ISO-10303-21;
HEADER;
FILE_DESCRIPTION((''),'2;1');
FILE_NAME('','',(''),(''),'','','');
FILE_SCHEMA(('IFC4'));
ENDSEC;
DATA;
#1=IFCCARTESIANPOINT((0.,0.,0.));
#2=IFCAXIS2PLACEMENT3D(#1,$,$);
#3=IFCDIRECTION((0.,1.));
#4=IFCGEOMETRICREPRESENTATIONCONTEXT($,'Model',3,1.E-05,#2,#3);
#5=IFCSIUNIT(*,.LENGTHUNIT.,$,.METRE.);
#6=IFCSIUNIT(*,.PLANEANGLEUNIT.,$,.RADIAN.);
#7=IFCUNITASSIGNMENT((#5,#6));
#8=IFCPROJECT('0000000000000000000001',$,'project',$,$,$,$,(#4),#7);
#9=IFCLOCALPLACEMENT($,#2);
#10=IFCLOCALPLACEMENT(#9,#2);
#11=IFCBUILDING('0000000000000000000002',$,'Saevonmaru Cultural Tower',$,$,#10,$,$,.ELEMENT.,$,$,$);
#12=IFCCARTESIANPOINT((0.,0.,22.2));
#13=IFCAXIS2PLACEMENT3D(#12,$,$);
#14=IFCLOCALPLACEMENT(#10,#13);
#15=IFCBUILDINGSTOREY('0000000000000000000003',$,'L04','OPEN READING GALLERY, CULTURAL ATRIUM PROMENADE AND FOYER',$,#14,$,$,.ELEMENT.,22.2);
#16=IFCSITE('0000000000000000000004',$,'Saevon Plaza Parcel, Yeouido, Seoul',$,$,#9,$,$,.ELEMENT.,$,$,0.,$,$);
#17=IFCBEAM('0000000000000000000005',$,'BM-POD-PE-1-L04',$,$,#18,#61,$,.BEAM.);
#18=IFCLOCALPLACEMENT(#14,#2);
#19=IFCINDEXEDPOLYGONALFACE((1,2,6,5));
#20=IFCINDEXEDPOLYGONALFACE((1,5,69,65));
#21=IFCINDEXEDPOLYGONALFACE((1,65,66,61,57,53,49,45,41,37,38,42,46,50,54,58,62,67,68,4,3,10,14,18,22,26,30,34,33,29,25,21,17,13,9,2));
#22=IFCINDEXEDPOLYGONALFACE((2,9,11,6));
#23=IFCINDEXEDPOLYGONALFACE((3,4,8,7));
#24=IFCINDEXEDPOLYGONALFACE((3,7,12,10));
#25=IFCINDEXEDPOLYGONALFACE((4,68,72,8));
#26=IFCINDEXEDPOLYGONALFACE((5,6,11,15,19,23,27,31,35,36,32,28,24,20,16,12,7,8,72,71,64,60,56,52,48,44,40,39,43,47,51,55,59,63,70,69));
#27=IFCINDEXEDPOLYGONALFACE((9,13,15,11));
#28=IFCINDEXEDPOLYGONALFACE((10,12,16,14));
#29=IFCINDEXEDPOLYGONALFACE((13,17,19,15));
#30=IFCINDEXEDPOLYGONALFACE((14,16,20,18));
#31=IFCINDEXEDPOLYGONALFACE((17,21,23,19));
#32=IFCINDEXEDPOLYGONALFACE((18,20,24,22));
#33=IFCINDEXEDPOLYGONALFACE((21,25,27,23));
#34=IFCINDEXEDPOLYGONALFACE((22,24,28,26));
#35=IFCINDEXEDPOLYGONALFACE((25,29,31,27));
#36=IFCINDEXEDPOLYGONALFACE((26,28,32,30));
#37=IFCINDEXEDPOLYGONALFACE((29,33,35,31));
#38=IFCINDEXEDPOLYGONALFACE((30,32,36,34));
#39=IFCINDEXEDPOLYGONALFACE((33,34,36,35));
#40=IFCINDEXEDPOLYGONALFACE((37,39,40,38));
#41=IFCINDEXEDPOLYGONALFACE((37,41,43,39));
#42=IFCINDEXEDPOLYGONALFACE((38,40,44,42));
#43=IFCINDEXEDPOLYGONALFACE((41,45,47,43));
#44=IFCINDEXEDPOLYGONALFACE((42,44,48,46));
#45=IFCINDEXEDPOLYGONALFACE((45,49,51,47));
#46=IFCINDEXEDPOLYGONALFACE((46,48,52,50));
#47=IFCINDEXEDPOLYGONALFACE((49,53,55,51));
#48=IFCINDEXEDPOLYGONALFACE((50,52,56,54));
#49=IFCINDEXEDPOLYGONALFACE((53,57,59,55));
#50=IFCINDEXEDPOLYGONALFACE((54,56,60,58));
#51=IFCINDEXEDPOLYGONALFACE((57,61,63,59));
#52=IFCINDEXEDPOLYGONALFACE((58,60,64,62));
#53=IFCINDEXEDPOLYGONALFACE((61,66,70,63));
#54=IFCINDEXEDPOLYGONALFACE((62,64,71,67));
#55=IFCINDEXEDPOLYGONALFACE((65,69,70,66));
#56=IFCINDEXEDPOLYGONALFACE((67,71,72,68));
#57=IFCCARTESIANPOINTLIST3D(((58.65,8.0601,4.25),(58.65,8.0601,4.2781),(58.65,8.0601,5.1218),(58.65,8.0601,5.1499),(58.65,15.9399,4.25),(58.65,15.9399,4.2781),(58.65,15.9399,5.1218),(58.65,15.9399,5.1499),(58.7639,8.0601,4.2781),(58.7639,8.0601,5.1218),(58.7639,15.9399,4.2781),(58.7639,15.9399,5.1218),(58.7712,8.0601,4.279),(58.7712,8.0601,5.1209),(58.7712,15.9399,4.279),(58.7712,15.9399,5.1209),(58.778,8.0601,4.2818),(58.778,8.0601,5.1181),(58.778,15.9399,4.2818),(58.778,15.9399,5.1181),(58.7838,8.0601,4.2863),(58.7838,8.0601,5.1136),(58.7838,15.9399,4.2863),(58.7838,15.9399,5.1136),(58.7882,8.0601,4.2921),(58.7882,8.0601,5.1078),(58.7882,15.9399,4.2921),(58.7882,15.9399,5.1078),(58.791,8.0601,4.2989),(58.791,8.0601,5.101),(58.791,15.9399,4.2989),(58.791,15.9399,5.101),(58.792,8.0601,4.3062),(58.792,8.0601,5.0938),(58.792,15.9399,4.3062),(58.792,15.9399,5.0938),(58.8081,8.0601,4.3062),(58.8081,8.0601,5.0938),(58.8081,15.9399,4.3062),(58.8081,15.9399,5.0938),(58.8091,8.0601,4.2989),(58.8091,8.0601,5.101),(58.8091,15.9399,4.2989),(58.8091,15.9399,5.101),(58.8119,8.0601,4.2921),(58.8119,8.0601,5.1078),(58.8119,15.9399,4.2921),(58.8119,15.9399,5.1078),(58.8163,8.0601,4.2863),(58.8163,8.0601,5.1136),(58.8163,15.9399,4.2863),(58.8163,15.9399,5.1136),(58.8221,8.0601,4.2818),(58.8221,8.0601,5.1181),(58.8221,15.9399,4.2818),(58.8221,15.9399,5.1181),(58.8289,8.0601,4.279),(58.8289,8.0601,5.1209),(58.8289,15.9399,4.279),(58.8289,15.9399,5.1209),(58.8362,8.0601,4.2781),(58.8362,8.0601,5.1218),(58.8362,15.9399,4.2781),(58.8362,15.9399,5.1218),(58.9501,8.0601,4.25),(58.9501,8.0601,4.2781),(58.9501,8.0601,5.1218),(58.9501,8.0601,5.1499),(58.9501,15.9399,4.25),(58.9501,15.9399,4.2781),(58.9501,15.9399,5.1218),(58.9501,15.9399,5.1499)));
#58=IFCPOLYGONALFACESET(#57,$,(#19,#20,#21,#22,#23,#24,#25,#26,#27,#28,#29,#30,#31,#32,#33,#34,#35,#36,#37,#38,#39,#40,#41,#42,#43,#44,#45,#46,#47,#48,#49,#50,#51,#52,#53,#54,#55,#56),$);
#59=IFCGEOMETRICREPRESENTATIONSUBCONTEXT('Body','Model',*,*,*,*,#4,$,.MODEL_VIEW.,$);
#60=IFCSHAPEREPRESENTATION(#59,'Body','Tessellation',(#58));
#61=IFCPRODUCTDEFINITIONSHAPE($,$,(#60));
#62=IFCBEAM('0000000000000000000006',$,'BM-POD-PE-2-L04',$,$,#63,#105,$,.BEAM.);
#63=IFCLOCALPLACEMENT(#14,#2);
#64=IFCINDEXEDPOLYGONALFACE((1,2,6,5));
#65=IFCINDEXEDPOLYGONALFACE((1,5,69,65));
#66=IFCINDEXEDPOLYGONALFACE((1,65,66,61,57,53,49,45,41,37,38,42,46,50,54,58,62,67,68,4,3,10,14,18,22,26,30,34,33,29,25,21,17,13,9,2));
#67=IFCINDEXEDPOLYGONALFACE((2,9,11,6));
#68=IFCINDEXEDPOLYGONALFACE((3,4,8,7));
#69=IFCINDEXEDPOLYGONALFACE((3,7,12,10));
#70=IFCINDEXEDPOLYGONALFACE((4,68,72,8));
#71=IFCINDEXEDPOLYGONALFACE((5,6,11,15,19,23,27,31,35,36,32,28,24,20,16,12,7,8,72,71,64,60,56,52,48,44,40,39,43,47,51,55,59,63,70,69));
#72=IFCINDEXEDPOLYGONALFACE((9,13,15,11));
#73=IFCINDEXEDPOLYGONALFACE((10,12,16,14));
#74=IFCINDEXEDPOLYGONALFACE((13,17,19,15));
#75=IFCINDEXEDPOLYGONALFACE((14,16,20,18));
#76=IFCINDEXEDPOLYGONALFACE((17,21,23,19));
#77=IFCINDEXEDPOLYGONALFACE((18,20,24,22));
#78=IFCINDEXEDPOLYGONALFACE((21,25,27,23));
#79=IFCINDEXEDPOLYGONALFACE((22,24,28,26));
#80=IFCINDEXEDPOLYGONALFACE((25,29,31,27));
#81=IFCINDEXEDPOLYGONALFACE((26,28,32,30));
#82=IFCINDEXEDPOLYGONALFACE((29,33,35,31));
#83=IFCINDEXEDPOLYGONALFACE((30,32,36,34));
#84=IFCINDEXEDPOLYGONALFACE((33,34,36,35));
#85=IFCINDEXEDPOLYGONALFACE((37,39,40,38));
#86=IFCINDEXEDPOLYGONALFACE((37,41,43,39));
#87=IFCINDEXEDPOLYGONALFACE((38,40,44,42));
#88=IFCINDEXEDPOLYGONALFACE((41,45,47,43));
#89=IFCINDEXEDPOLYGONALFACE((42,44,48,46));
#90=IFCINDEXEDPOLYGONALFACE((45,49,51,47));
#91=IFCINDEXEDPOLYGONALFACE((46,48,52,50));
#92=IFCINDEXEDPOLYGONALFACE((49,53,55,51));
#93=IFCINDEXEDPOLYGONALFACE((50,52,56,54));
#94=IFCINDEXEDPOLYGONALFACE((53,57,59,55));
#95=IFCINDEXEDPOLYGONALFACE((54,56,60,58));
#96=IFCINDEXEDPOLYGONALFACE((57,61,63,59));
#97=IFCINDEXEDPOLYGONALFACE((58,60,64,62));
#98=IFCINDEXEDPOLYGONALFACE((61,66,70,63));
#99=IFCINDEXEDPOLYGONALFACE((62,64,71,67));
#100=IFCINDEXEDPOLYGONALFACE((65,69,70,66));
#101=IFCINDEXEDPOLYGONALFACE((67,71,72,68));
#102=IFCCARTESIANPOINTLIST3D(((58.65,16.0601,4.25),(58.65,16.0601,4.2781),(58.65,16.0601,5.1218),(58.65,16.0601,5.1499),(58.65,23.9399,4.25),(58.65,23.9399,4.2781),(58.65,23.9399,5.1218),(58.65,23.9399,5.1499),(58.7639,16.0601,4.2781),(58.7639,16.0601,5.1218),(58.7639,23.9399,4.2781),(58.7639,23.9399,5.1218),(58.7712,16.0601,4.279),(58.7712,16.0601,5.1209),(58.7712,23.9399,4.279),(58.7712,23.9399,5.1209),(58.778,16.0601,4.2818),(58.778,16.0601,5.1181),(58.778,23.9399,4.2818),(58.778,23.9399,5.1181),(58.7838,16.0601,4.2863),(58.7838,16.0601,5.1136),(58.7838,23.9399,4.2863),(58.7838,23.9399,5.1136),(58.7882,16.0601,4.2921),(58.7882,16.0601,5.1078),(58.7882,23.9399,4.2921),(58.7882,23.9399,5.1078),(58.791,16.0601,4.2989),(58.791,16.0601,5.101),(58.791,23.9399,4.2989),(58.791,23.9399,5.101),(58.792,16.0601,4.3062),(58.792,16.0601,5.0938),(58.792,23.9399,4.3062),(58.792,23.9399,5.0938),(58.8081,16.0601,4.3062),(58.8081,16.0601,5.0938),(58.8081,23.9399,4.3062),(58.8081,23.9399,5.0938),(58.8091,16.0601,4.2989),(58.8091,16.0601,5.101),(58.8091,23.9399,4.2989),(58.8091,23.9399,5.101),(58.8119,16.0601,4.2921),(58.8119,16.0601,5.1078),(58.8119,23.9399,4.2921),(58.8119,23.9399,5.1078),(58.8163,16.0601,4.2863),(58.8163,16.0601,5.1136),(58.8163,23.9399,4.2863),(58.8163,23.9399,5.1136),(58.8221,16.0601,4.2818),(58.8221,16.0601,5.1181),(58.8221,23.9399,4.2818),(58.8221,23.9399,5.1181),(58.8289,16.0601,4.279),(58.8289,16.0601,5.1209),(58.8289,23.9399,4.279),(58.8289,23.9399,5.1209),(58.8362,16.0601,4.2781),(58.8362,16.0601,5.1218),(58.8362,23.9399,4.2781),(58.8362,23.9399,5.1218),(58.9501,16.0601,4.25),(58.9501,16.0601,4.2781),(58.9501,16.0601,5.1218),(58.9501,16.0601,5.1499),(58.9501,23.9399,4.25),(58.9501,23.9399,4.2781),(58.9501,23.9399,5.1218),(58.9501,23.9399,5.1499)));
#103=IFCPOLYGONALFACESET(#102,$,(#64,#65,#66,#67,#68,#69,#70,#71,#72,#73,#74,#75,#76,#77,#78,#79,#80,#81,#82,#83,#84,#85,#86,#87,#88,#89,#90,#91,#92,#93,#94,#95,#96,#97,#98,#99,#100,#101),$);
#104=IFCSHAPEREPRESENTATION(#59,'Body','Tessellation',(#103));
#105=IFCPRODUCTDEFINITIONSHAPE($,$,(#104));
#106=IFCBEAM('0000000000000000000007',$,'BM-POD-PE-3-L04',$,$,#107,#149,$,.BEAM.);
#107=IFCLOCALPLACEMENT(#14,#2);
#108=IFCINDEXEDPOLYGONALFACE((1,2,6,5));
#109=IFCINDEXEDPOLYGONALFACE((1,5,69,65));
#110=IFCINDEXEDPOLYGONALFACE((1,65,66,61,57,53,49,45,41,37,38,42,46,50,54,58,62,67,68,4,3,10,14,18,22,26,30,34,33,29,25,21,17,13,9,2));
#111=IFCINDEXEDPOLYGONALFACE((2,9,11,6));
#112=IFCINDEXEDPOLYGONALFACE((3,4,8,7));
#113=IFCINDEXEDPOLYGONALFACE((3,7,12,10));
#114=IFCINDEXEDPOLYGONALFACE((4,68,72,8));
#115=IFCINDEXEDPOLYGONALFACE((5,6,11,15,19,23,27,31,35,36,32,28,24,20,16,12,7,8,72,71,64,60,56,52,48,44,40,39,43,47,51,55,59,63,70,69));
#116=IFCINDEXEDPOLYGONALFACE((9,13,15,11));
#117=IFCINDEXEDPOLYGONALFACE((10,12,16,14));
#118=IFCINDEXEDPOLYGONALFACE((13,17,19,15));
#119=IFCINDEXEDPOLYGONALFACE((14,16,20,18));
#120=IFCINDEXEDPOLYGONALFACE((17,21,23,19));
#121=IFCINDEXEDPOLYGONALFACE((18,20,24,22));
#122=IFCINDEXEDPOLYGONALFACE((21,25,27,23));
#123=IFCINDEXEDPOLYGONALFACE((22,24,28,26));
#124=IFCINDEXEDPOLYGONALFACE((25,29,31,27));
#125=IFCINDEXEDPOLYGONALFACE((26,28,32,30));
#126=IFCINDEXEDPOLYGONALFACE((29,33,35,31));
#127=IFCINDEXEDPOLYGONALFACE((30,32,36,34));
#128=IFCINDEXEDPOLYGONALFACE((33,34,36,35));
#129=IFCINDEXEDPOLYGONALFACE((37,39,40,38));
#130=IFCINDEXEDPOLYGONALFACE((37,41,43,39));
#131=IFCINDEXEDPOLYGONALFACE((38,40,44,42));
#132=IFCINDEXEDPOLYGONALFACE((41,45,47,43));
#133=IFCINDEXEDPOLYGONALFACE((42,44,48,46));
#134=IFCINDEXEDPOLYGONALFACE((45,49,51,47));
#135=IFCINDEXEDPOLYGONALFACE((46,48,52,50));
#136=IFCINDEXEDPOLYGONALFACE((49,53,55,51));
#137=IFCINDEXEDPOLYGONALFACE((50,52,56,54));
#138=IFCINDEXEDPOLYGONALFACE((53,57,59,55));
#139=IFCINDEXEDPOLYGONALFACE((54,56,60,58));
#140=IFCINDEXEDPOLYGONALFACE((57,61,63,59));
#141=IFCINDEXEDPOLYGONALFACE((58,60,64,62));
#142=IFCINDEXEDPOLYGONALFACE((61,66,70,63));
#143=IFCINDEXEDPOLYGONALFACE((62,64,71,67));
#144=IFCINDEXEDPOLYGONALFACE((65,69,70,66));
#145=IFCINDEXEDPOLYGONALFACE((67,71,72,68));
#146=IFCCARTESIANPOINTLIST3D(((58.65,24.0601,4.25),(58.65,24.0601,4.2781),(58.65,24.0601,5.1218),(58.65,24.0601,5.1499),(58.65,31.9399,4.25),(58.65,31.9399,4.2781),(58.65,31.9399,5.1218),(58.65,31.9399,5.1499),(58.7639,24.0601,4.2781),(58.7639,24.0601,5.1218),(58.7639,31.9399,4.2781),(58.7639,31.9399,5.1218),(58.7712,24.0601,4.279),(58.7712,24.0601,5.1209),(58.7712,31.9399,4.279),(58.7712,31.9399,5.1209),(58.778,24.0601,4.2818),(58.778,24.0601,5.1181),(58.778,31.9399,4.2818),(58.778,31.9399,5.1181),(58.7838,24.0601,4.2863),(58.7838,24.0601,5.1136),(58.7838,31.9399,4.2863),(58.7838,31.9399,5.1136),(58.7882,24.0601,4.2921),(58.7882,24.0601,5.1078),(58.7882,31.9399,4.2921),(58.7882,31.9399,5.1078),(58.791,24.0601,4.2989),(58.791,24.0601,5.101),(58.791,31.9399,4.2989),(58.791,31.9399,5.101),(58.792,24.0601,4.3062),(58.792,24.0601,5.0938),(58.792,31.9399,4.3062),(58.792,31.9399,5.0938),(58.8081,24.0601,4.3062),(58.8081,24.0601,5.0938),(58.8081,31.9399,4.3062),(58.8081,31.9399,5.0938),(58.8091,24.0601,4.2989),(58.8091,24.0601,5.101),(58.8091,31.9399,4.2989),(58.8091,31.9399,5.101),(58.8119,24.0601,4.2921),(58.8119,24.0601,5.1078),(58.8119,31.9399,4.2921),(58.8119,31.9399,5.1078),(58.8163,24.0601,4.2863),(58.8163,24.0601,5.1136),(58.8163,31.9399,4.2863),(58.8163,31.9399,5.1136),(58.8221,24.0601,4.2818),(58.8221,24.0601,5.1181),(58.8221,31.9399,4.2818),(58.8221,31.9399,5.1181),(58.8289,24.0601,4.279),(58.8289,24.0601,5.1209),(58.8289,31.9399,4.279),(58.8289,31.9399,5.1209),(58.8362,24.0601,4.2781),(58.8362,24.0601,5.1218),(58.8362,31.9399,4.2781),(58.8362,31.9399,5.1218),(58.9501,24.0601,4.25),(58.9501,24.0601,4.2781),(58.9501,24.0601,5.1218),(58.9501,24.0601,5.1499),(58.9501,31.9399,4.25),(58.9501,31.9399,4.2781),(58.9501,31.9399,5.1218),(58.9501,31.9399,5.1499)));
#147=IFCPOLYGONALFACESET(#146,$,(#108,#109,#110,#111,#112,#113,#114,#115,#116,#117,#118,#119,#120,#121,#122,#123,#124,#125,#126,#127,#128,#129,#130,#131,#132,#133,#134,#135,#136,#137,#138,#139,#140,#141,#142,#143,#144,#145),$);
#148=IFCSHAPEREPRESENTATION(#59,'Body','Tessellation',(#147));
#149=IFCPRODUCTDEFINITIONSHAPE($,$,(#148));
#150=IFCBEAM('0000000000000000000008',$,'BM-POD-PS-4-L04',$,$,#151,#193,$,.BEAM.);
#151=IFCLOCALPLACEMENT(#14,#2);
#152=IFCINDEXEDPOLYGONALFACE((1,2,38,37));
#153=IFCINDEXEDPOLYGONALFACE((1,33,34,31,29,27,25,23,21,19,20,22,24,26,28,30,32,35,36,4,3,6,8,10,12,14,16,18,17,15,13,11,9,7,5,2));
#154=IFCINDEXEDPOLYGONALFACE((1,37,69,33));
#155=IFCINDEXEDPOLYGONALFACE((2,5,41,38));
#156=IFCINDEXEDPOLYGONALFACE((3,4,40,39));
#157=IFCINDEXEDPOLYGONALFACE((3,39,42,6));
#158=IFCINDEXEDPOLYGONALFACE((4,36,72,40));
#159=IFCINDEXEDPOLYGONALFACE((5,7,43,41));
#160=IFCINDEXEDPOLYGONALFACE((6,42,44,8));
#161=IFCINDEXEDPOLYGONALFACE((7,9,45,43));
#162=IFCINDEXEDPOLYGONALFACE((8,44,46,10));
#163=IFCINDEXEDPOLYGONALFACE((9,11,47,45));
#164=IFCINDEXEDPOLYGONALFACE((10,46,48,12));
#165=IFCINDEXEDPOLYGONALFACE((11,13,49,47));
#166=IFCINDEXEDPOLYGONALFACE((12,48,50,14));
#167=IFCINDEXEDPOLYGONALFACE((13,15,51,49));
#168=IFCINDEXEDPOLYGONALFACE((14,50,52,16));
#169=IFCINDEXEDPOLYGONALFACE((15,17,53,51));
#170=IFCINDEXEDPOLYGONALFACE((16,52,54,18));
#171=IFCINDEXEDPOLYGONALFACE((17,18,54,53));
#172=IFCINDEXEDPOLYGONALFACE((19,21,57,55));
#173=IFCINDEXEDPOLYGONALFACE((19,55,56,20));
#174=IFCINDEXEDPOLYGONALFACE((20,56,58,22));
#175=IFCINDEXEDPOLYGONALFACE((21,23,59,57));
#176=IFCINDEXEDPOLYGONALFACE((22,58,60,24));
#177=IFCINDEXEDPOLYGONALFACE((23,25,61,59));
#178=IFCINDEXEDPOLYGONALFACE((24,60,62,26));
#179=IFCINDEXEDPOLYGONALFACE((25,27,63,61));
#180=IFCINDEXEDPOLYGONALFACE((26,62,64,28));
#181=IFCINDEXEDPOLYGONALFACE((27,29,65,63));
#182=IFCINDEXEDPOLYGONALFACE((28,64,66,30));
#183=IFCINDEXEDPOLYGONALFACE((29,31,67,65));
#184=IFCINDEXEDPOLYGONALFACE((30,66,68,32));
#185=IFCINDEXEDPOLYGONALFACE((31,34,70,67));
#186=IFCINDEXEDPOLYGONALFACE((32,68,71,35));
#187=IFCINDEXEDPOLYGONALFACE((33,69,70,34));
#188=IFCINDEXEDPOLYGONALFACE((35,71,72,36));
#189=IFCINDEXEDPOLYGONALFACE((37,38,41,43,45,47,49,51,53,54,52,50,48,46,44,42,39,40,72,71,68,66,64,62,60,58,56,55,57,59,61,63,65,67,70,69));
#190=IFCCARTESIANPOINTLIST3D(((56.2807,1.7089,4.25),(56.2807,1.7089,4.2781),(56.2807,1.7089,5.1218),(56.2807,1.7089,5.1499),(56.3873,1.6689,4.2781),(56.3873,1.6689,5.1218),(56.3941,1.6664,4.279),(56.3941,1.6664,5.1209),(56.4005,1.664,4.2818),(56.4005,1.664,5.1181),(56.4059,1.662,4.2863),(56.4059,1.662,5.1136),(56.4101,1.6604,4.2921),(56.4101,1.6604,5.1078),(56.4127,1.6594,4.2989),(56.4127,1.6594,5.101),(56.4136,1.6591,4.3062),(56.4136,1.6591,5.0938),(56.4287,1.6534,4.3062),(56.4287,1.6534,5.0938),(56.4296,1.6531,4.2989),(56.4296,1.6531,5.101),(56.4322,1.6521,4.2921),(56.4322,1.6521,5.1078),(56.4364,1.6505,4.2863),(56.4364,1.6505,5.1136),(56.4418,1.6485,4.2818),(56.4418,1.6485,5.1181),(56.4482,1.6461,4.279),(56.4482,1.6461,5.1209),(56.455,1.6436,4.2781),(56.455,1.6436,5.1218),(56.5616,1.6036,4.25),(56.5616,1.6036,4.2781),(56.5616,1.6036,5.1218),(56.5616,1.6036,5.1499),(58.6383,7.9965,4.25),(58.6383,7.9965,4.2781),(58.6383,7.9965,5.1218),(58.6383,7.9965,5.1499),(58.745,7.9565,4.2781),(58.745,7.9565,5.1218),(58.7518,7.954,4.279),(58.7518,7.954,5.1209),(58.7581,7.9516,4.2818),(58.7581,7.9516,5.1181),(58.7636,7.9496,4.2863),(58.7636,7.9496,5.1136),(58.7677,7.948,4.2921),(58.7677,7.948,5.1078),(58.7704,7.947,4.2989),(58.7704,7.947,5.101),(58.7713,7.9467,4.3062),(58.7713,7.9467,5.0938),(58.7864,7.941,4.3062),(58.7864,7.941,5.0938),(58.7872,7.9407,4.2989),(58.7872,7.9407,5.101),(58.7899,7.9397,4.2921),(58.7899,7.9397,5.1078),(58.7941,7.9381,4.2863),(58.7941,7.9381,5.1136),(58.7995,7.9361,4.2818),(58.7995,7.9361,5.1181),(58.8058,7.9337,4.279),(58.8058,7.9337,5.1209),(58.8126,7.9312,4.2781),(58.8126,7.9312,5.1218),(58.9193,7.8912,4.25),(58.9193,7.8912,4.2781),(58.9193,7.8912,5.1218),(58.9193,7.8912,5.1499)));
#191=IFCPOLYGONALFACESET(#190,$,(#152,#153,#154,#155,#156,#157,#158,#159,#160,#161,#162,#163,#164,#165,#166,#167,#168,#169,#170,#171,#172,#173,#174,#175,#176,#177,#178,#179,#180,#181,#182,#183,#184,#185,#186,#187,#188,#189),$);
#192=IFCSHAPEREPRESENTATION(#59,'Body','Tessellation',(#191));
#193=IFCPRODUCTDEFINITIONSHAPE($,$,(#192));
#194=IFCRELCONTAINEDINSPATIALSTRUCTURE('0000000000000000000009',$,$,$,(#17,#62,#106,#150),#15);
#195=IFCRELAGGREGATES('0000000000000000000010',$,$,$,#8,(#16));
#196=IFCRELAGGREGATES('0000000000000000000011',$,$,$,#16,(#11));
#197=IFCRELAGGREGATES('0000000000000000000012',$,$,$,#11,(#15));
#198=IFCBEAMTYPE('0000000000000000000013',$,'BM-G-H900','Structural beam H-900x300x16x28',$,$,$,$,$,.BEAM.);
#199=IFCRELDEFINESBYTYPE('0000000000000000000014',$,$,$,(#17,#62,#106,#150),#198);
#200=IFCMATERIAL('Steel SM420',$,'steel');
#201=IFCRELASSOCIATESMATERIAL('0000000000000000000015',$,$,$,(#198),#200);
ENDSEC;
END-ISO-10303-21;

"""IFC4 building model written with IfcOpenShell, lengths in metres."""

from ifc_helpers import new_model, si_unit, direction, frame, origin, origin_2d, place, context, subcontext, project, spatial, i_section, extrude, material, material_profile, profile_set, type_object, element, save


model = new_model("IFC4")

# Units and contexts
model_context = context("Model", 3, precision=1e-05, world=origin(), true_north=direction((0.0, 1.0)))
body_context = subcontext(model_context, "Body", "Model", "MODEL_VIEW")
ifc_project = project(units=[si_unit("LENGTHUNIT", "METRE"), si_unit("PLANEANGLEUNIT", "RADIAN")], contexts=[model_context])

# Site, building, storey
site_placement = place(None, origin())
site = spatial("IfcSite", under=ifc_project, at=site_placement, Name="Saevon Plaza Parcel, Yeouido, Seoul", CompositionType="ELEMENT", RefElevation=0.0)
building_placement = place(site_placement, origin())
building = spatial("IfcBuilding", under=site, at=building_placement, Name="Saevonmaru Cultural Tower", CompositionType="ELEMENT")
storey_placement = place(building_placement, frame((0.0, 0.0, 22.2)))
storey = spatial("IfcBuildingStorey", under=building, at=storey_placement, Name="L04", Description="OPEN READING GALLERY, CULTURAL ATRIUM PROMENADE AND FOYER", CompositionType="ELEMENT", Elevation=22.2)

# Shared definitions
ifc_material_1 = material(Name="Steel SM420", Category="steel")

# Beams
ifc_material_profile_1 = material_profile(ifc_material_1, i_section(OverallWidth=0.3, OverallDepth=0.8999, WebThickness=0.0161, FlangeThickness=0.0281, FilletRadius=0.0281, at=origin_2d()), Name="H-900x300x16x28")
ifc_profile_set_1 = profile_set([ifc_material_profile_1], Name="Steel SM420")
beam_type = type_object("IfcBeamType", Name="BM-G-H900", Description="Structural beam H-900x300x16x28", PredefinedType="BEAM", material=ifc_profile_set_1)
for number, where, z_axis, x_axis, name in (
    (1, (58.8, 8.0601, 4.7), (0.0, 1.0, 0.0), (-1.0, 0.0, 0.0), "BM-POD-PE-1-L04"),
    (2, (58.8, 16.0601, 4.7), (0.0, 1.0, 0.0), (-1.0, 0.0, 0.0), "BM-POD-PE-2-L04"),
    (3, (58.8, 24.0601, 4.7), (0.0, 1.0, 0.0), (-1.0, 0.0, 0.0), "BM-POD-PE-3-L04"),
):
    element("IfcBeam", number, at=place(storey_placement, frame(where, z_axis=z_axis, x_axis=x_axis)), inside=storey, type_object=beam_type, Name=name, PredefinedType="BEAM", context=body_context, shape_type="SweptSolid", body=[
        extrude(i_section(OverallWidth=0.3, OverallDepth=0.8999, WebThickness=0.0161, FlangeThickness=0.0281, FilletRadius=0.0281, at=origin_2d()), origin(), (0.0, 0.0, 1.0), 7.8799),
    ])
beam_placement = place(storey_placement, frame((56.4211, 1.6562, 4.7), z_axis=(0.3511, 0.936338, 0.0), x_axis=(-0.936338, 0.3511, 0.0)))
element("IfcBeam", 4, at=beam_placement, inside=storey, type_object=beam_type, Name="BM-POD-PS-4-L04", PredefinedType="BEAM", context=body_context, shape_type="SweptSolid", body=[
    extrude(i_section(OverallWidth=0.3, OverallDepth=0.8999, WebThickness=0.0161, FlangeThickness=0.0281, FilletRadius=0.0281, at=origin_2d()), origin(), (0.0, 0.0, 1.0), 6.7151),
])

save(model, "model.ifc")
